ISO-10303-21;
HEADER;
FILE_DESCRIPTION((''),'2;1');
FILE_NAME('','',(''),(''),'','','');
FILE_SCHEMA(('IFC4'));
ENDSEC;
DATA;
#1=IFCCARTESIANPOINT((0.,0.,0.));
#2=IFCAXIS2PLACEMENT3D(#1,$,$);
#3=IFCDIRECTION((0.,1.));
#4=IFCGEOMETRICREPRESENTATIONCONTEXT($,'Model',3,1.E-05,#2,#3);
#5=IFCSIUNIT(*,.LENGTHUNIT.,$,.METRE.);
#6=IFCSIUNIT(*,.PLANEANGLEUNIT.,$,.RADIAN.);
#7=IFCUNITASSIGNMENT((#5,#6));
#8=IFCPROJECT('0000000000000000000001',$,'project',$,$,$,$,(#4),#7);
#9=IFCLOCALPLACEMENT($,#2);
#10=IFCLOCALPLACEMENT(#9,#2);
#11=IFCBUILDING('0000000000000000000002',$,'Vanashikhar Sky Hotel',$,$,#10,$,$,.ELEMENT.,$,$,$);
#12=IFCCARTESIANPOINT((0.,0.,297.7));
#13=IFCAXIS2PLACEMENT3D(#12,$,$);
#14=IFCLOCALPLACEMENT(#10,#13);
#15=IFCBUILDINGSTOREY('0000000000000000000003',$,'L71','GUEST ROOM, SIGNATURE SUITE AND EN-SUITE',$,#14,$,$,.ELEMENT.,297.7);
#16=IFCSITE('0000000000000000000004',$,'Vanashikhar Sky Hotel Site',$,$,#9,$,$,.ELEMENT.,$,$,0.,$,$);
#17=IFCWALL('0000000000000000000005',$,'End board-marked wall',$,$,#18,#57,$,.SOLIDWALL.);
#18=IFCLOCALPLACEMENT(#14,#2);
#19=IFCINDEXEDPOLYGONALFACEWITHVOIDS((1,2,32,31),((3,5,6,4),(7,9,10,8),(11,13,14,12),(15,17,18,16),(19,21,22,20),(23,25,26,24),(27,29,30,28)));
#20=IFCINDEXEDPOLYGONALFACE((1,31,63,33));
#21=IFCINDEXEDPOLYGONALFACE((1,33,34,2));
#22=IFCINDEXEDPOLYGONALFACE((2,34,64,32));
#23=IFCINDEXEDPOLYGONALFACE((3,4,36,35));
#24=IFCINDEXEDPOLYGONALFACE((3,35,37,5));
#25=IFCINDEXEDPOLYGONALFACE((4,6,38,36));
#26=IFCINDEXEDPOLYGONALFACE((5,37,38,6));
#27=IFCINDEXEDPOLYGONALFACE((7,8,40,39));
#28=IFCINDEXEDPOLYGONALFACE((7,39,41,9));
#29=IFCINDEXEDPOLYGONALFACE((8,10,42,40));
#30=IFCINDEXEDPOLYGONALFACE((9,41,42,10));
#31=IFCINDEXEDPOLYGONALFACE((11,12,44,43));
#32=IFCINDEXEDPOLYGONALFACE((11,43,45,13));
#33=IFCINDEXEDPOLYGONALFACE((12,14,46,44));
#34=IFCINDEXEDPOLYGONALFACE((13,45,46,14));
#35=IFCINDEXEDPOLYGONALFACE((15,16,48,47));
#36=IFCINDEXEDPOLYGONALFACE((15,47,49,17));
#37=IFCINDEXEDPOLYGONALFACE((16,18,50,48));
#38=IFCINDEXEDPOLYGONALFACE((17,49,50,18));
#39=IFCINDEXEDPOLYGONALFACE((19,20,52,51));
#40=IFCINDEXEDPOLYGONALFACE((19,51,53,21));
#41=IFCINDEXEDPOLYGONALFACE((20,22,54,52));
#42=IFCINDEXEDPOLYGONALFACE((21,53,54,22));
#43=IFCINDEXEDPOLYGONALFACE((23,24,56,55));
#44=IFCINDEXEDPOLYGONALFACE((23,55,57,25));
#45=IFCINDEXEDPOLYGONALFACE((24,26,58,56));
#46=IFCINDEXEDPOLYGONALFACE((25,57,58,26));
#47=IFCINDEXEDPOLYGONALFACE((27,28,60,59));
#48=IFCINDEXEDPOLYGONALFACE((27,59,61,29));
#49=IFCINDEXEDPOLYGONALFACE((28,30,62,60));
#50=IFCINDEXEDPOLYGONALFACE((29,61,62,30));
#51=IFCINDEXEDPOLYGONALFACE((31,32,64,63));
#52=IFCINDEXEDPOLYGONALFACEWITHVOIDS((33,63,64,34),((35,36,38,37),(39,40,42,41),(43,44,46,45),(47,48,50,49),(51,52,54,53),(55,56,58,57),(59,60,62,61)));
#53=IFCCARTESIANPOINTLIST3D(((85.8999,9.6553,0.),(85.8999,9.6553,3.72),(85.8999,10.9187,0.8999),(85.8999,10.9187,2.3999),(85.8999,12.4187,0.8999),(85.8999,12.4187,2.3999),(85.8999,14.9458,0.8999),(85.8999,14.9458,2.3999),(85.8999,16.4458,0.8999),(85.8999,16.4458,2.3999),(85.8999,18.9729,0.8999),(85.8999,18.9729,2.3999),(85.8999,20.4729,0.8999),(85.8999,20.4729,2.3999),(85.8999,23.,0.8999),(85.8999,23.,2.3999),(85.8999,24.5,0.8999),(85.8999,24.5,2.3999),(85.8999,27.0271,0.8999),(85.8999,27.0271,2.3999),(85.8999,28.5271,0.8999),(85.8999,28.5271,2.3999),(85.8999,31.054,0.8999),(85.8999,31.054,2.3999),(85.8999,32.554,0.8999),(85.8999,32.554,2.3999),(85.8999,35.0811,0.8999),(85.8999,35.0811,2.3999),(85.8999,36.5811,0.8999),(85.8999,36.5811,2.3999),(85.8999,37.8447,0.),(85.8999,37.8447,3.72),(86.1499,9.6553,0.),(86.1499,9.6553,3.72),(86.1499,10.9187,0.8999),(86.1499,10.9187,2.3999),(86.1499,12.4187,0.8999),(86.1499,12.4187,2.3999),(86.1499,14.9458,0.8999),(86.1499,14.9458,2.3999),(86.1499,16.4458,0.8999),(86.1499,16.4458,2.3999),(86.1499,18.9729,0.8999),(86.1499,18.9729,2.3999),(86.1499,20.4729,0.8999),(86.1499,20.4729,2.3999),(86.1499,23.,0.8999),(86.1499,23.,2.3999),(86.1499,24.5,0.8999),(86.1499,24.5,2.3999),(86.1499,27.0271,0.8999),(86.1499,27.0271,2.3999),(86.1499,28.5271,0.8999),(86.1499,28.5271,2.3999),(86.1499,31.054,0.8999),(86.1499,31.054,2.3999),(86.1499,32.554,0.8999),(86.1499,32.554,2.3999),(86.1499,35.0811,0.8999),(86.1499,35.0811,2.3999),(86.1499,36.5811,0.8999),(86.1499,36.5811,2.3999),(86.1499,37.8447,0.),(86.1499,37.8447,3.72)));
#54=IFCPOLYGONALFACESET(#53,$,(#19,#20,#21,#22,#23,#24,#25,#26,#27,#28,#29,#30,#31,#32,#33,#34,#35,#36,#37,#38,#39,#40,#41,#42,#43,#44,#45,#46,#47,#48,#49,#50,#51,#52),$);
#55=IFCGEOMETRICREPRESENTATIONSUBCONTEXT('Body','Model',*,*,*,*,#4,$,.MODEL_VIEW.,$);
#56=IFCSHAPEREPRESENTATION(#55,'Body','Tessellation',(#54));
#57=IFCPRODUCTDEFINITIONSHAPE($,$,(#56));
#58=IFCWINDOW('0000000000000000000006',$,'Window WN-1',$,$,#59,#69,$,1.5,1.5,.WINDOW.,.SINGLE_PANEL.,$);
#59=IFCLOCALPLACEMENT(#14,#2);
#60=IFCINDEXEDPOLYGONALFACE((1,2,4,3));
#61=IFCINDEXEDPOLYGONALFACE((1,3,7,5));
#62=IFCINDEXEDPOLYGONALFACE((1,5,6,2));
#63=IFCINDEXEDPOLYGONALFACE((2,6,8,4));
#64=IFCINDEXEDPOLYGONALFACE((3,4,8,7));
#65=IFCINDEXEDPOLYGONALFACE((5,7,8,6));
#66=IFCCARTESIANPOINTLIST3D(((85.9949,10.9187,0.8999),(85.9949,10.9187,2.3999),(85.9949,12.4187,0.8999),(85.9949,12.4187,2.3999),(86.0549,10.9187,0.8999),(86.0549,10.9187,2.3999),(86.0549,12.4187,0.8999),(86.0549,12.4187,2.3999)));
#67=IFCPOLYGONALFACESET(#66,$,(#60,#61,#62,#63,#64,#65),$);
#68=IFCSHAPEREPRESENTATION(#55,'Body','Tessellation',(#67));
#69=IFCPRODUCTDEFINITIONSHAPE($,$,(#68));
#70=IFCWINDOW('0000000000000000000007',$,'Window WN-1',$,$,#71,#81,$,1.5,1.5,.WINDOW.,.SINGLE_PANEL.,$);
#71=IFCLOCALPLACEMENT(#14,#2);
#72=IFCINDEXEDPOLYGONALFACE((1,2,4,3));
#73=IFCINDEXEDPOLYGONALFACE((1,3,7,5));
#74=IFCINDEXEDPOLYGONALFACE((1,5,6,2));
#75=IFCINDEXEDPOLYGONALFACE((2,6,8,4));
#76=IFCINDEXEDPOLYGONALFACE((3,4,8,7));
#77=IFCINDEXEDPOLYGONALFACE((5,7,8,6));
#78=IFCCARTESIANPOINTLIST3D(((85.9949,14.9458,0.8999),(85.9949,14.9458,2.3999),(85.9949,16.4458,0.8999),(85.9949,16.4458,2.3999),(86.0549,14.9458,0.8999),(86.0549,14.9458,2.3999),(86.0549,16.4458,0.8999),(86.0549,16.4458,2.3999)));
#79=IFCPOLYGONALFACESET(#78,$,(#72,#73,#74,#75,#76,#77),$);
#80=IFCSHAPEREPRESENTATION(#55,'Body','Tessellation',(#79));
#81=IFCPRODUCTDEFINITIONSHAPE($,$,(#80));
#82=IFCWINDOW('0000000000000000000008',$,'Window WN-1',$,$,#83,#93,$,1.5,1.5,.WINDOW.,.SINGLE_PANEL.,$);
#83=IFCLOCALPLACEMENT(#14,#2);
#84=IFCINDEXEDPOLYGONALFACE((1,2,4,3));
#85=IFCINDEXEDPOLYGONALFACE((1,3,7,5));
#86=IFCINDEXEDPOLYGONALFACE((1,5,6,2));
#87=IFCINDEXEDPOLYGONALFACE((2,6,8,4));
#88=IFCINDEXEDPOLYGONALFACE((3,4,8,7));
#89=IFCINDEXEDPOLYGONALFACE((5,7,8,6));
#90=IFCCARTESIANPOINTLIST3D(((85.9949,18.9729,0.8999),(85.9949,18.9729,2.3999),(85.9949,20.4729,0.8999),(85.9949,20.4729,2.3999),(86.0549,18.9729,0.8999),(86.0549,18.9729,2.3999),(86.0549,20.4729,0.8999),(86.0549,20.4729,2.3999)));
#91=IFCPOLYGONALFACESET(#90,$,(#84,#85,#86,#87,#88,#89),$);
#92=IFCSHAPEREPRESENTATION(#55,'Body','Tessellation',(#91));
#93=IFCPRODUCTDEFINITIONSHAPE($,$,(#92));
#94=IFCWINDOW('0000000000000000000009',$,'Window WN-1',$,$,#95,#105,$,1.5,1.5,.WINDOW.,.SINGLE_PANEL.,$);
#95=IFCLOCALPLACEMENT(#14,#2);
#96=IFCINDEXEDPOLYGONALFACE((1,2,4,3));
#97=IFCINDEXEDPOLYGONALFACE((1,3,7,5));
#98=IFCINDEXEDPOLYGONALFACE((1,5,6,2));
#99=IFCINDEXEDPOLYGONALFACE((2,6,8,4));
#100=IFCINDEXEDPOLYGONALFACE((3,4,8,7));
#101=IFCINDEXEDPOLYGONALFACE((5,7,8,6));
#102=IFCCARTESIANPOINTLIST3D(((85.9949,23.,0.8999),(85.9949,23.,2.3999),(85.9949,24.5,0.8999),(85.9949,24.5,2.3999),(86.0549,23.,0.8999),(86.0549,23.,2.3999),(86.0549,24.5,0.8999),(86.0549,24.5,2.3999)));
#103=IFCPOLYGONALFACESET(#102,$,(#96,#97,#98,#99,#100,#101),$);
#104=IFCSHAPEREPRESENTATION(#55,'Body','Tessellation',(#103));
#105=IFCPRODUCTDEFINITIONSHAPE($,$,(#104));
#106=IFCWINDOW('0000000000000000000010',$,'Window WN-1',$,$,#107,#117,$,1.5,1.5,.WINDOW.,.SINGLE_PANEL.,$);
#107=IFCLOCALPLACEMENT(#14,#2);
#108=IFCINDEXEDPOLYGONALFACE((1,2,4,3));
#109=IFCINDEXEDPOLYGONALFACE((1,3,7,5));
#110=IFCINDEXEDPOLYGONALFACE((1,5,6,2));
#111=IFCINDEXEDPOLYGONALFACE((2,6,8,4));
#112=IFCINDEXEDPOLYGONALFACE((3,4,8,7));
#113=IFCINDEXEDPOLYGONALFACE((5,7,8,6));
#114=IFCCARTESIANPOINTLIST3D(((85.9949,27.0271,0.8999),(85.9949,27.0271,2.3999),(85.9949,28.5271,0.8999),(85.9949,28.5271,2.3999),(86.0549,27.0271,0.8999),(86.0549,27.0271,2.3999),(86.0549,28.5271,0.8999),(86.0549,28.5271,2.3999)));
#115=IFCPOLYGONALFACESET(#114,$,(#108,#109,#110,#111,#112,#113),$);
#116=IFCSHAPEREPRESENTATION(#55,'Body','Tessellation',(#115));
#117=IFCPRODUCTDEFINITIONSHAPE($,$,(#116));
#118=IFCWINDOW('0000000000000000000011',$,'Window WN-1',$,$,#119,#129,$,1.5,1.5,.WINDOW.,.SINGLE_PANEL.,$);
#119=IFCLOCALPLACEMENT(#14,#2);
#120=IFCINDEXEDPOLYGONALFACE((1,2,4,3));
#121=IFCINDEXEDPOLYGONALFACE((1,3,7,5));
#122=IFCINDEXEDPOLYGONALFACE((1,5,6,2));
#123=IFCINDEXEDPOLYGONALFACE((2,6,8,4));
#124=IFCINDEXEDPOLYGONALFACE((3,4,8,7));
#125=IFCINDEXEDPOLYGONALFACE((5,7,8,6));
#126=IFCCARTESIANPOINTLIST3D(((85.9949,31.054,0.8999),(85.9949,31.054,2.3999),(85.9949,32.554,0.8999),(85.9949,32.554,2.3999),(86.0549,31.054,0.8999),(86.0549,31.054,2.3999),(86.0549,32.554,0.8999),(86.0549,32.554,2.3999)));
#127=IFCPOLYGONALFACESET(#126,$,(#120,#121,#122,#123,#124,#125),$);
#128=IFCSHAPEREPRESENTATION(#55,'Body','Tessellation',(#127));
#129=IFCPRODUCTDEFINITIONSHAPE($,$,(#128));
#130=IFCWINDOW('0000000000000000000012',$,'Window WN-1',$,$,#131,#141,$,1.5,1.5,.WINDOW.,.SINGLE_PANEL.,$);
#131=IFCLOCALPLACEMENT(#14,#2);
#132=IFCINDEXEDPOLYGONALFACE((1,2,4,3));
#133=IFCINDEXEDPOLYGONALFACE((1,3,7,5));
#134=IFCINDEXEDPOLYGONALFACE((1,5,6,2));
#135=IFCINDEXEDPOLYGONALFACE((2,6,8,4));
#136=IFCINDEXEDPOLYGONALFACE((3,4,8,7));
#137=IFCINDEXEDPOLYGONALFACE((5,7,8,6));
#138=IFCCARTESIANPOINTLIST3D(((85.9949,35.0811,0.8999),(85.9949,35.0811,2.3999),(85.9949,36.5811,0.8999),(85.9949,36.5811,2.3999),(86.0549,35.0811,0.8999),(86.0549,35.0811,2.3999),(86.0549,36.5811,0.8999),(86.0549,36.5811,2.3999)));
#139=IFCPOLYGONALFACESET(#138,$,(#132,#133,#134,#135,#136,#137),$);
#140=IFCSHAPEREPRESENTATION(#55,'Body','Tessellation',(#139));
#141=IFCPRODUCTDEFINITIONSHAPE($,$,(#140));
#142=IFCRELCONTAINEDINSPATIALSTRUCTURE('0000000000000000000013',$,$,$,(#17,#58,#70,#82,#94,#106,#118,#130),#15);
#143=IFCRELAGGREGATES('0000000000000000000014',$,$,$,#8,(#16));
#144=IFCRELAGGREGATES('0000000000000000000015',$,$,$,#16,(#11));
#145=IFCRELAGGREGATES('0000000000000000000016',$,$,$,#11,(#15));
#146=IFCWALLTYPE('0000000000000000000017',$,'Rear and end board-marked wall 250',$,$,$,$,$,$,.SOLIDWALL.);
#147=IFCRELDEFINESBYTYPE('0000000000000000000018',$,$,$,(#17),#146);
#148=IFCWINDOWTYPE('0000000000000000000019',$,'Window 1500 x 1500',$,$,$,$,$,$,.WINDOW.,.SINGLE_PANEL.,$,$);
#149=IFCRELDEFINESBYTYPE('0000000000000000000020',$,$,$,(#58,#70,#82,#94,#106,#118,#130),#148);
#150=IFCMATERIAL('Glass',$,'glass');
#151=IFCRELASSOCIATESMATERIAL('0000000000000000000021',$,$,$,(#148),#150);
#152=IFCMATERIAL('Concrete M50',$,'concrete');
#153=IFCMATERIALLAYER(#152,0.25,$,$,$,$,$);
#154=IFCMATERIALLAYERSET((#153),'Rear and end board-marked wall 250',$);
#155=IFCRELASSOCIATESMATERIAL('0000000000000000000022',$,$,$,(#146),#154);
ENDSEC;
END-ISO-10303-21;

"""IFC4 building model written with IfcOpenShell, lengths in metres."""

from ifc_helpers import new_model, si_unit, direction, frame, frame_2d, origin, place, context, subcontext, project, spatial, rectangle, extrude, source, transform, mapped, material, layer, layer_set, type_object, element, fill, save


model = new_model("IFC4")

# Units and contexts
model_context = context("Model", 3, precision=1e-05, world=origin(), true_north=direction((0.0, 1.0)))
body_context = subcontext(model_context, "Body", "Model", "MODEL_VIEW")
ifc_project = project(units=[si_unit("LENGTHUNIT", "METRE"), si_unit("PLANEANGLEUNIT", "RADIAN")], contexts=[model_context])

# Site, building, storey
site_placement = place(None, origin())
site = spatial("IfcSite", under=ifc_project, at=site_placement, Name="Vanashikhar Sky Hotel Site", CompositionType="ELEMENT", RefElevation=0.0)
building_placement = place(site_placement, origin())
building = spatial("IfcBuilding", under=site, at=building_placement, Name="Vanashikhar Sky Hotel", CompositionType="ELEMENT")
storey_placement = place(building_placement, frame((0.0, 0.0, 297.7)))
storey = spatial("IfcBuildingStorey", under=building, at=storey_placement, Name="L71", Description="GUEST ROOM, SIGNATURE SUITE AND EN-SUITE", CompositionType="ELEMENT", Elevation=297.7)

# Shared definitions
ifc_material_1 = material(Name="Concrete M50", Category="concrete")

# Shared definitions
ifc_material_2 = material(Name="Glass", Category="glass")
window_type_1 = type_object("IfcWindowType", Name="Window 1500 x 1500", PartitioningType="SINGLE_PANEL", PredefinedType="WINDOW", material=ifc_material_2)
shared_shape_1 = source(origin(), body_context, "Body", "SweptSolid", [
    extrude(rectangle(XDim=1.5, YDim=1.5, at=frame_2d((0.75, 0.75))), frame((0.0, 0.03, 0.0), z_axis=(0.0, -1.0, 0.0), x_axis=(1.0, 0.0, 0.0)), (0.0, 0.0, 1.0), 0.0601),
])

# Wall, openings, windows
ifc_layer_1 = layer(ifc_material_1, 0.25)
ifc_layer_set_1 = layer_set([ifc_layer_1], Name="Rear and end board-marked wall 250")
wall_type_1 = type_object("IfcWallType", Name="Rear and end board-marked wall 250", PredefinedType="SOLIDWALL", material=ifc_layer_set_1)
shared_shape_2 = source(origin(), body_context, "Body", "SweptSolid", [
    extrude(rectangle(XDim=28.1895, YDim=0.25, at=frame_2d((14.0947, 0.0))), origin(), (0.0, 0.0, 1.0), 3.72),
])
wall_1_placement = place(storey_placement, frame((86.0249, 9.6553, 0.0), z_axis=(0.0, 0.0, 1.0), x_axis=(0.0, 1.0, 0.0)))
wall_1 = element("IfcWall", 1, at=wall_1_placement, inside=storey, type_object=wall_type_1, Name="End board-marked wall", PredefinedType="SOLIDWALL", context=body_context, shape_type="MappedRepresentation", body=[
    mapped(shared_shape_2, transform((0.0, 0.0, 0.0), scale=1.0)),
])
shared_shape_3 = source(origin(), body_context, "Body", "SweptSolid", [
    extrude(rectangle(XDim=1.5, YDim=1.5, at=frame_2d((0.75, 0.75))), frame((0.0, 0.135, 0.0), z_axis=(0.0, -1.0, 0.0), x_axis=(1.0, 0.0, 0.0)), (0.0, 0.0, 1.0), 0.27),
])
opening_1_placement = place(wall_1_placement, frame((1.2634, 0.0, 0.8999)))
opening_1 = element("IfcOpeningElement", 2, at=opening_1_placement, cuts=wall_1, PredefinedType="OPENING", context=body_context, shape_type="MappedRepresentation", body=[
    mapped(shared_shape_3, transform((0.0, 0.0, 0.0), scale=1.0)),
])
opening_2_placement = place(wall_1_placement, frame((5.2905, 0.0, 0.8999)))
opening_2 = element("IfcOpeningElement", 3, at=opening_2_placement, cuts=wall_1, PredefinedType="OPENING", context=body_context, shape_type="MappedRepresentation", body=[
    mapped(shared_shape_3, transform((0.0, 0.0, 0.0), scale=1.0)),
])
opening_3_placement = place(wall_1_placement, frame((9.3176, 0.0, 0.8999)))
opening_3 = element("IfcOpeningElement", 4, at=opening_3_placement, cuts=wall_1, PredefinedType="OPENING", context=body_context, shape_type="MappedRepresentation", body=[
    mapped(shared_shape_3, transform((0.0, 0.0, 0.0), scale=1.0)),
])
opening_4_placement = place(wall_1_placement, frame((13.3447, 0.0, 0.8999)))
opening_4 = element("IfcOpeningElement", 5, at=opening_4_placement, cuts=wall_1, PredefinedType="OPENING", context=body_context, shape_type="MappedRepresentation", body=[
    mapped(shared_shape_3, transform((0.0, 0.0, 0.0), scale=1.0)),
])
opening_5_placement = place(wall_1_placement, frame((17.3718, 0.0, 0.8999)))
opening_5 = element("IfcOpeningElement", 6, at=opening_5_placement, cuts=wall_1, PredefinedType="OPENING", context=body_context, shape_type="MappedRepresentation", body=[
    mapped(shared_shape_3, transform((0.0, 0.0, 0.0), scale=1.0)),
])
opening_6_placement = place(wall_1_placement, frame((21.3987, 0.0, 0.8999)))
opening_6 = element("IfcOpeningElement", 7, at=opening_6_placement, cuts=wall_1, PredefinedType="OPENING", context=body_context, shape_type="MappedRepresentation", body=[
    mapped(shared_shape_3, transform((0.0, 0.0, 0.0), scale=1.0)),
])
opening_7_placement = place(wall_1_placement, frame((25.4258, 0.0, 0.8999)))
opening_7 = element("IfcOpeningElement", 8, at=opening_7_placement, cuts=wall_1, PredefinedType="OPENING", context=body_context, shape_type="MappedRepresentation", body=[
    mapped(shared_shape_3, transform((0.0, 0.0, 0.0), scale=1.0)),
])
window_1_placement = place(opening_1_placement, origin())
window_1 = element("IfcWindow", 9, at=window_1_placement, inside=storey, type_object=window_type_1, Name="Window WN-1", OverallHeight=1.5, OverallWidth=1.5, PartitioningType="SINGLE_PANEL", PredefinedType="WINDOW", context=body_context, shape_type="MappedRepresentation", body=[
    mapped(shared_shape_1, transform((0.0, 0.0, 0.0), scale=1.0)),
])
fill(opening_1, window_1)
window_2_placement = place(opening_2_placement, origin())
window_2 = element("IfcWindow", 10, at=window_2_placement, inside=storey, type_object=window_type_1, Name="Window WN-1", OverallHeight=1.5, OverallWidth=1.5, PartitioningType="SINGLE_PANEL", PredefinedType="WINDOW", context=body_context, shape_type="MappedRepresentation", body=[
    mapped(shared_shape_1, transform((0.0, 0.0, 0.0), scale=1.0)),
])
fill(opening_2, window_2)
window_3_placement = place(opening_3_placement, origin())
window_3 = element("IfcWindow", 11, at=window_3_placement, inside=storey, type_object=window_type_1, Name="Window WN-1", OverallHeight=1.5, OverallWidth=1.5, PartitioningType="SINGLE_PANEL", PredefinedType="WINDOW", context=body_context, shape_type="MappedRepresentation", body=[
    mapped(shared_shape_1, transform((0.0, 0.0, 0.0), scale=1.0)),
])
fill(opening_3, window_3)
window_4_placement = place(opening_4_placement, origin())
window_4 = element("IfcWindow", 12, at=window_4_placement, inside=storey, type_object=window_type_1, Name="Window WN-1", OverallHeight=1.5, OverallWidth=1.5, PartitioningType="SINGLE_PANEL", PredefinedType="WINDOW", context=body_context, shape_type="MappedRepresentation", body=[
    mapped(shared_shape_1, transform((0.0, 0.0, 0.0), scale=1.0)),
])
fill(opening_4, window_4)
window_5_placement = place(opening_5_placement, origin())
window_5 = element("IfcWindow", 13, at=window_5_placement, inside=storey, type_object=window_type_1, Name="Window WN-1", OverallHeight=1.5, OverallWidth=1.5, PartitioningType="SINGLE_PANEL", PredefinedType="WINDOW", context=body_context, shape_type="MappedRepresentation", body=[
    mapped(shared_shape_1, transform((0.0, 0.0, 0.0), scale=1.0)),
])
fill(opening_5, window_5)
window_6_placement = place(opening_6_placement, origin())
window_6 = element("IfcWindow", 14, at=window_6_placement, inside=storey, type_object=window_type_1, Name="Window WN-1", OverallHeight=1.5, OverallWidth=1.5, PartitioningType="SINGLE_PANEL", PredefinedType="WINDOW", context=body_context, shape_type="MappedRepresentation", body=[
    mapped(shared_shape_1, transform((0.0, 0.0, 0.0), scale=1.0)),
])
fill(opening_6, window_6)
window_7_placement = place(opening_7_placement, origin())
window_7 = element("IfcWindow", 15, at=window_7_placement, inside=storey, type_object=window_type_1, Name="Window WN-1", OverallHeight=1.5, OverallWidth=1.5, PartitioningType="SINGLE_PANEL", PredefinedType="WINDOW", context=body_context, shape_type="MappedRepresentation", body=[
    mapped(shared_shape_1, transform((0.0, 0.0, 0.0), scale=1.0)),
])
fill(opening_7, window_7)

save(model, "model.ifc")
